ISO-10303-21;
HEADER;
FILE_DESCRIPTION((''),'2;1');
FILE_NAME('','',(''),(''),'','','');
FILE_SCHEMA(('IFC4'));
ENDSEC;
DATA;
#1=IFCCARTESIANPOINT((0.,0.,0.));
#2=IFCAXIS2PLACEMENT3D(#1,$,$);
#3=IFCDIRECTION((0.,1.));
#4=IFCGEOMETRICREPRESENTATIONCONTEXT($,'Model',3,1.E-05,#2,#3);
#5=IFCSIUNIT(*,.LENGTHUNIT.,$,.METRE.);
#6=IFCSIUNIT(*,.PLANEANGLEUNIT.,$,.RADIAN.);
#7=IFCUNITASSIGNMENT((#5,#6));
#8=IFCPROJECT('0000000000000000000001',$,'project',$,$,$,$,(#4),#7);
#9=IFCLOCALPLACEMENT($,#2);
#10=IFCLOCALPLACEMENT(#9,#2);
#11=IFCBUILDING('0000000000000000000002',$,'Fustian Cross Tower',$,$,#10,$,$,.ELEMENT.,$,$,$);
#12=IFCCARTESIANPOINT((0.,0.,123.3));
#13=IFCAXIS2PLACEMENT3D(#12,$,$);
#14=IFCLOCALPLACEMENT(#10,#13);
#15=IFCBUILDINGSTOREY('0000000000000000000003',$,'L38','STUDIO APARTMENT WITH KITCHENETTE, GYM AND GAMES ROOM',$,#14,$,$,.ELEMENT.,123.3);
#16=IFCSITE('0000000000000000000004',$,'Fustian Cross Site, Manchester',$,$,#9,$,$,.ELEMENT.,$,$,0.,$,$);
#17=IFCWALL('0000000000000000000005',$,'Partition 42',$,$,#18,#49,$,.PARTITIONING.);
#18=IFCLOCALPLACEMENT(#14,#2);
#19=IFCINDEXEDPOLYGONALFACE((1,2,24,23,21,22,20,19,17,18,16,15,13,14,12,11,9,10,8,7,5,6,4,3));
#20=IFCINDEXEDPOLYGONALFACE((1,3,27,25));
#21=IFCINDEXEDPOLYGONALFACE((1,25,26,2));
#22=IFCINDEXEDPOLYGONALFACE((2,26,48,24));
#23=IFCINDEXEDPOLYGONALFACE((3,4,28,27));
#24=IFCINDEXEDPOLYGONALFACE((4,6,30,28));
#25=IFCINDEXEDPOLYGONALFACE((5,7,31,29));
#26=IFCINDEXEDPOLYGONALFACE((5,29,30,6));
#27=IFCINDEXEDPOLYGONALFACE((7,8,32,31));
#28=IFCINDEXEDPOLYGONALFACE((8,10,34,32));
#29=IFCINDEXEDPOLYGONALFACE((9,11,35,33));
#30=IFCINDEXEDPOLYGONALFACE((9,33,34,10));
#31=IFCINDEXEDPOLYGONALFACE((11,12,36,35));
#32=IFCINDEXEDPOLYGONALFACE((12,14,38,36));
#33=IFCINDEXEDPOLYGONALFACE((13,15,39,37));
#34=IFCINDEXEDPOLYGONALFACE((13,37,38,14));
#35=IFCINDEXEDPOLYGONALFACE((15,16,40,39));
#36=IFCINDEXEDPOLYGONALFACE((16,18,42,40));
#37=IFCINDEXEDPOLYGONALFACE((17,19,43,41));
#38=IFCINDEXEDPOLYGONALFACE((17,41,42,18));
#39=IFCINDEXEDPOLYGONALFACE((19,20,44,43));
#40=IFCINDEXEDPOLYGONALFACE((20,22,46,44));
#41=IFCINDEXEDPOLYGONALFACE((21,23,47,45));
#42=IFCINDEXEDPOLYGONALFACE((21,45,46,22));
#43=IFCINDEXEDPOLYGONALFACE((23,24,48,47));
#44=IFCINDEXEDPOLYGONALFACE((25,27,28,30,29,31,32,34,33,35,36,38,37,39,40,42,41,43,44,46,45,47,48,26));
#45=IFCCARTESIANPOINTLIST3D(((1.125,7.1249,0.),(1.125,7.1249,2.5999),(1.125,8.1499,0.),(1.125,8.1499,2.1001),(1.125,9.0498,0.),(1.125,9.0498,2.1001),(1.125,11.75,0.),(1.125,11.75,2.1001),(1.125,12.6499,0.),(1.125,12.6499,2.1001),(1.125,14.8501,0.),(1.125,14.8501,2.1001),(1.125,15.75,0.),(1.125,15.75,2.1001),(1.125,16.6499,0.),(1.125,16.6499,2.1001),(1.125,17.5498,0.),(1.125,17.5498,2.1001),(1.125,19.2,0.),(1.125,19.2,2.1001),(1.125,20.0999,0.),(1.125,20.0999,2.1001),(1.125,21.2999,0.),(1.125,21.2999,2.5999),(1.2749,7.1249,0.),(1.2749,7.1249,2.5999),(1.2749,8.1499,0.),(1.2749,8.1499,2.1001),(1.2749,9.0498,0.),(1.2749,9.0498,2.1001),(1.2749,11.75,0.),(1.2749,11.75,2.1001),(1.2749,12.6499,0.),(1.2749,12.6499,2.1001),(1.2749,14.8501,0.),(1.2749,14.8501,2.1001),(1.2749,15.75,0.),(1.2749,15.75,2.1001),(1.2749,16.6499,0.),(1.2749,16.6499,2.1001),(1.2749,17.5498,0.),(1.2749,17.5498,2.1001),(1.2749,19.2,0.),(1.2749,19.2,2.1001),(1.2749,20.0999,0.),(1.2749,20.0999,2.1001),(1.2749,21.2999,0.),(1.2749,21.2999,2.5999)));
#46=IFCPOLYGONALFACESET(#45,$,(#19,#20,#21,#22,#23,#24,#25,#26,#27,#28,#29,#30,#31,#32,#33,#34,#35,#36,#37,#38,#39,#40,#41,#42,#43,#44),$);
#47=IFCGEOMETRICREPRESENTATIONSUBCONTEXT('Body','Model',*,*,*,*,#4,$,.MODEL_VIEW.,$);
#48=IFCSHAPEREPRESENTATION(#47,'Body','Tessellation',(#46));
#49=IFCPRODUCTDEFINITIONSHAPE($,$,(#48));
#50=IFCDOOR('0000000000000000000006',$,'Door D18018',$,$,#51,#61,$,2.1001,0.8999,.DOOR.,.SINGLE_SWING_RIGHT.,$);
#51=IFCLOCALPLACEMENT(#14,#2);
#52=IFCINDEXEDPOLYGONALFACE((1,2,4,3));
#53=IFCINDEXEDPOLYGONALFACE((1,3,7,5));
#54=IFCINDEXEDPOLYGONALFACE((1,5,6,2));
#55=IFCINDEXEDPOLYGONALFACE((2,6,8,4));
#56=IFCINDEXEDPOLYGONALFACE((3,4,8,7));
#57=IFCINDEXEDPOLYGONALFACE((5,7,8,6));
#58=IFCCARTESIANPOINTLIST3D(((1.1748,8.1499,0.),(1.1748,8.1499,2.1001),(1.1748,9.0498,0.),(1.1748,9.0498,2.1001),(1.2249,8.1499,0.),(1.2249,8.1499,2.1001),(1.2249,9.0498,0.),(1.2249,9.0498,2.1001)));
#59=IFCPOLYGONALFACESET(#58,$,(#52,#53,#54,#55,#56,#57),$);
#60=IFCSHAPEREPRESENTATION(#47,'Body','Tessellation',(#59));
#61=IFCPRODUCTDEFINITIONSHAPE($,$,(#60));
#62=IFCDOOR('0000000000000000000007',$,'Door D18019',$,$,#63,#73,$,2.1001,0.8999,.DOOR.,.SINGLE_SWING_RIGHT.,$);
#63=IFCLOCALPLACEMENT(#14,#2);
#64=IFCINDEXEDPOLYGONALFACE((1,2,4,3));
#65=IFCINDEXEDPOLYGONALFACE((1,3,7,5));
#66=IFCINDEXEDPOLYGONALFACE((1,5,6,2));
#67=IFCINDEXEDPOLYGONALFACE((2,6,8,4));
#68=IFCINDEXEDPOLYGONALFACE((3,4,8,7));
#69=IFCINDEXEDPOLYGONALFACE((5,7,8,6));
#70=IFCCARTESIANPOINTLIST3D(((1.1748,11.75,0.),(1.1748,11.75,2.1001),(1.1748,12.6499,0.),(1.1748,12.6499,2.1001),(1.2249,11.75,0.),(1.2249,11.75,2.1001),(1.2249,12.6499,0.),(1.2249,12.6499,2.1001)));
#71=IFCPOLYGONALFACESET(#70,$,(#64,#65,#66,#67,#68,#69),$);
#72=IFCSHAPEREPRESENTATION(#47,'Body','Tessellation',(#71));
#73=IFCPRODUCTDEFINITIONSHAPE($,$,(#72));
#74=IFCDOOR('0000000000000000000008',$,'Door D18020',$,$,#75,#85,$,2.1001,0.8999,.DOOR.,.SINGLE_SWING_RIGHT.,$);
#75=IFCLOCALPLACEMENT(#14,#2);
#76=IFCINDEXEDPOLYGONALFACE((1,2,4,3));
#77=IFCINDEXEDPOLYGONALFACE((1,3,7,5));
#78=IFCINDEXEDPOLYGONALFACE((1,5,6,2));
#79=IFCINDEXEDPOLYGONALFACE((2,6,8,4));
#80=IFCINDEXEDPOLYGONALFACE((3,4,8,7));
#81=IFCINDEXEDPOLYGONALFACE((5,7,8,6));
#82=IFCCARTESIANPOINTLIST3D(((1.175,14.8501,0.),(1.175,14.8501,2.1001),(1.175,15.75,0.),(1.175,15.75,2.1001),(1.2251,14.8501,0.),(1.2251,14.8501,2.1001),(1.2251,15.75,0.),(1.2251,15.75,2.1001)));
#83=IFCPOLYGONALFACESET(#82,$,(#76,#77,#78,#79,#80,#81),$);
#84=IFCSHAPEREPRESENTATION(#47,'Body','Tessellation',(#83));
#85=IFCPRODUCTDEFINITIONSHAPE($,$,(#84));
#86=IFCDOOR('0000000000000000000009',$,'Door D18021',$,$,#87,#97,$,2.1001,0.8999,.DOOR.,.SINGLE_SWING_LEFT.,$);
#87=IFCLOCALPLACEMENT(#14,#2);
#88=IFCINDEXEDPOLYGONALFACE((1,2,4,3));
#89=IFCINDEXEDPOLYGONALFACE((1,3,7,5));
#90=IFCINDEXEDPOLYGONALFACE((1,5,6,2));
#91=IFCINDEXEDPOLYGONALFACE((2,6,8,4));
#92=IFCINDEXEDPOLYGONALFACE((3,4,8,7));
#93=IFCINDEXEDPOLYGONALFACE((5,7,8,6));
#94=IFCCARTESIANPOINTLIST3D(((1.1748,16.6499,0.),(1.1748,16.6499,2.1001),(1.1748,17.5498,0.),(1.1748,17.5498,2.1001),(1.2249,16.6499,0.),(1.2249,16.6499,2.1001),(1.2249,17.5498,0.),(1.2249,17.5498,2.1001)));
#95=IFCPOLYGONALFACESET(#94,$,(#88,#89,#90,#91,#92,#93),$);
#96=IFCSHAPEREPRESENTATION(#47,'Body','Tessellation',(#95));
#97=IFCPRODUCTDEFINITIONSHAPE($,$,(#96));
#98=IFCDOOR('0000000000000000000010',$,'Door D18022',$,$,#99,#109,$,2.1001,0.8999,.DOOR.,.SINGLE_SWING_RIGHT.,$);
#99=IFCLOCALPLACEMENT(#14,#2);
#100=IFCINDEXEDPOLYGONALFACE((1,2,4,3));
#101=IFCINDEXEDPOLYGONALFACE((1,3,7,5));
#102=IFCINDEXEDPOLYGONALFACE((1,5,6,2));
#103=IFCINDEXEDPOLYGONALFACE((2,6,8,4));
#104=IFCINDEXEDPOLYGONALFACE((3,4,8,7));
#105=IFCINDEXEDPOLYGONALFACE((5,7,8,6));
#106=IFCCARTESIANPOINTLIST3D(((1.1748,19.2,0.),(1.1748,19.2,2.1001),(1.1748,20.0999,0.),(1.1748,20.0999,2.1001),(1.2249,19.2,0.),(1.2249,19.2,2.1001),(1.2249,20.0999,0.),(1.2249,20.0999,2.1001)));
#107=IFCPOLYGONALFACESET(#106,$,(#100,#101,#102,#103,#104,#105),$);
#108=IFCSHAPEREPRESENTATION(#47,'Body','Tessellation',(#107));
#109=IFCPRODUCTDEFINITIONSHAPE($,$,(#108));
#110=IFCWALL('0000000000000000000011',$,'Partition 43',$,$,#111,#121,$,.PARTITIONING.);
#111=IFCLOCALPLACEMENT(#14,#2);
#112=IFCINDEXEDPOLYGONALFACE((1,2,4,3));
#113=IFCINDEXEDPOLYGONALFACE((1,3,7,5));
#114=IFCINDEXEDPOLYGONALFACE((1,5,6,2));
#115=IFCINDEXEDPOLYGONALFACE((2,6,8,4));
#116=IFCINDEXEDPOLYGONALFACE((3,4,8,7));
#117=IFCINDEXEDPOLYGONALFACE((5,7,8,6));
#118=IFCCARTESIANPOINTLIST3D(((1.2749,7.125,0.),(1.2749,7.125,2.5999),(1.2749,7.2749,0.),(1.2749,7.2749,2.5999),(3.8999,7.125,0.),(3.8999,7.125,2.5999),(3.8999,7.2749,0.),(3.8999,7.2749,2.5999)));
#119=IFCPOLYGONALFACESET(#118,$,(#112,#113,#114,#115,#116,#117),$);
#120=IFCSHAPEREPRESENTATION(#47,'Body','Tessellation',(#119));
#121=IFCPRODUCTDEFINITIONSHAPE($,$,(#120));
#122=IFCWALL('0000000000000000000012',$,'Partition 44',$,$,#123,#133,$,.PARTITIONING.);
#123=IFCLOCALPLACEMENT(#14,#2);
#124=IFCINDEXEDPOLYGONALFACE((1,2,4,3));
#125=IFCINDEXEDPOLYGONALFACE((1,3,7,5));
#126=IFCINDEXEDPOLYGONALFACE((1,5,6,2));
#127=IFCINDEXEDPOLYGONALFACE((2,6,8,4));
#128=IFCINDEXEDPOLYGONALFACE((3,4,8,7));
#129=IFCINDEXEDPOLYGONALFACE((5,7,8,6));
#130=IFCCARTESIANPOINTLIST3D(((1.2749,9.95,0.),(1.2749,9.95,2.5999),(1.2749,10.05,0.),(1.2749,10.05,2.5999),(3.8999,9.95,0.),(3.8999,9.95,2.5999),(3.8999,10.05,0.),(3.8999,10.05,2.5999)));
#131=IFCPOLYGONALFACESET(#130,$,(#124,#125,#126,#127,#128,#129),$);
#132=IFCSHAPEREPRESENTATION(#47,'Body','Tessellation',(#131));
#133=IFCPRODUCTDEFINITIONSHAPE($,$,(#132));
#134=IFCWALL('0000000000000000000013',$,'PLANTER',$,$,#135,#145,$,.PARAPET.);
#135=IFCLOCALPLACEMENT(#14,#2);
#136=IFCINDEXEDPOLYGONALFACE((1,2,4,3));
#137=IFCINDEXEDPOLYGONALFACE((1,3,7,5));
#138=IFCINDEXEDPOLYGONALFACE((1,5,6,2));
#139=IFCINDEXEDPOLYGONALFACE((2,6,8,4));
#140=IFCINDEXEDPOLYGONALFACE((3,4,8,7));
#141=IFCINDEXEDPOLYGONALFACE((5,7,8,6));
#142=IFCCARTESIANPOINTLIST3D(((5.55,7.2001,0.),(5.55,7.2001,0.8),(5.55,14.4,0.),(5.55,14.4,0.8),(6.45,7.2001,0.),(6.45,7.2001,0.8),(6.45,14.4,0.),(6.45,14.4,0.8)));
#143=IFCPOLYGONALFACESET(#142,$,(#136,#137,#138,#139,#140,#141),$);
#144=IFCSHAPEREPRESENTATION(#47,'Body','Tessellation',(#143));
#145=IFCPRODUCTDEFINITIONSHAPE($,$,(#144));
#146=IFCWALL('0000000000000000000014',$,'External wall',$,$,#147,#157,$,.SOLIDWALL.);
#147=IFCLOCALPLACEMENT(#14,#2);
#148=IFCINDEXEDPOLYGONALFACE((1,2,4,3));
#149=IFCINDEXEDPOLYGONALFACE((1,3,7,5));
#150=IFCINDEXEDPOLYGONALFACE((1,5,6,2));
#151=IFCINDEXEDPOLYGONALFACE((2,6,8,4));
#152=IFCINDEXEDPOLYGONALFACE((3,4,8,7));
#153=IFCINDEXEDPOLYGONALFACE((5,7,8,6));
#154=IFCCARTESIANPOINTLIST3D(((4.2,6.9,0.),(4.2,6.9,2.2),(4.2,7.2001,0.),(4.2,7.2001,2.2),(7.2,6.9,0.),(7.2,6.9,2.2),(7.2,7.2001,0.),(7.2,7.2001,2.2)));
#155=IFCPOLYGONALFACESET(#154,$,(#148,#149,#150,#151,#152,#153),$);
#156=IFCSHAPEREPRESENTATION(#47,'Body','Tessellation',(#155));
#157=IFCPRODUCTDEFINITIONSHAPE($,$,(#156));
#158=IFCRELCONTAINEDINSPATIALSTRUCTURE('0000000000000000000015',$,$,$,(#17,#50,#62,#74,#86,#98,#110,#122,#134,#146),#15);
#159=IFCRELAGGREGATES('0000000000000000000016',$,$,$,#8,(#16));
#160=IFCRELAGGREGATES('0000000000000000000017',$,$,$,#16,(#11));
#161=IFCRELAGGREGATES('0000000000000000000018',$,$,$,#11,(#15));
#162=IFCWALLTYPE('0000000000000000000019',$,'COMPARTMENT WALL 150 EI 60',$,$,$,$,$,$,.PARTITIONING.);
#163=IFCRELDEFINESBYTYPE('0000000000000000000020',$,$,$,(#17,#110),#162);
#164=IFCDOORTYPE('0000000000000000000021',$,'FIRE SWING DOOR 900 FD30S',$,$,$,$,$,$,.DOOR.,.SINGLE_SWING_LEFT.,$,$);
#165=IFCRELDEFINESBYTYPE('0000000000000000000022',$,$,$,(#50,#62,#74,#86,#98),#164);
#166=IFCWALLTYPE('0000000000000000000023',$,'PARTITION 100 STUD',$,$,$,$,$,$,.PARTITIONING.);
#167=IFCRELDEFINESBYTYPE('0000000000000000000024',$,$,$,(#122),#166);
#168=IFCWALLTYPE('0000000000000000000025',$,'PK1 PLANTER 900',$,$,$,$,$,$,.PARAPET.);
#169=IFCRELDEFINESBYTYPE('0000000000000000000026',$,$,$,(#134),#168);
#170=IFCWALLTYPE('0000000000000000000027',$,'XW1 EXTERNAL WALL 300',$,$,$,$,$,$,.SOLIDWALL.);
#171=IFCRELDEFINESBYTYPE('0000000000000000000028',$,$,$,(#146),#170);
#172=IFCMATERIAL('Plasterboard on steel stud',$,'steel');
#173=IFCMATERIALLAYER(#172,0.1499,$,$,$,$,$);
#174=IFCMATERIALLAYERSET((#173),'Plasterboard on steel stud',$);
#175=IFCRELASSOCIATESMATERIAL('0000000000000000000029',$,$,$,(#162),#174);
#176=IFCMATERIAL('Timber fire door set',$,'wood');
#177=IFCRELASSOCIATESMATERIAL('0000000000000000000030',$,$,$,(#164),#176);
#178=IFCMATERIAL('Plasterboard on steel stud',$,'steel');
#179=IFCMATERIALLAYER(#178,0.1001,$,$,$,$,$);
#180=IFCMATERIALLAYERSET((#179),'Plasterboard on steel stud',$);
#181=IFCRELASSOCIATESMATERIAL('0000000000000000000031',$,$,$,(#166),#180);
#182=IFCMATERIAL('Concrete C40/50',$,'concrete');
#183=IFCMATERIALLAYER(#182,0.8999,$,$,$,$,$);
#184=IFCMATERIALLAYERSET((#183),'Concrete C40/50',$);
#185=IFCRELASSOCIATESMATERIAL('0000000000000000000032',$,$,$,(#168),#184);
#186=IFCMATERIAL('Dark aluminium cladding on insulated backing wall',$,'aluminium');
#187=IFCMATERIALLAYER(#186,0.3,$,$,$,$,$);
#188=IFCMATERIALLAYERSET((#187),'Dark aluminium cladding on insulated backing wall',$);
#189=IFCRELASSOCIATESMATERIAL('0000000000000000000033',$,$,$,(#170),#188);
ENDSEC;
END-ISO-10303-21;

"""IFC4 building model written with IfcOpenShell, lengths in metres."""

from ifc_helpers import new_model, si_unit, direction, frame, frame_2d, origin, place, context, subcontext, project, spatial, rectangle, extrude, material, layer, layer_set, type_object, element, fill, save


model = new_model("IFC4")

# Units and contexts
model_context = context("Model", 3, precision=1e-05, world=origin(), true_north=direction((0.0, 1.0)))
body_context = subcontext(model_context, "Body", "Model", "MODEL_VIEW")
ifc_project = project(units=[si_unit("LENGTHUNIT", "METRE"), si_unit("PLANEANGLEUNIT", "RADIAN")], contexts=[model_context])

# Site, building, storey
site_placement = place(None, origin())
site = spatial("IfcSite", under=ifc_project, at=site_placement, Name="Fustian Cross Site, Manchester", CompositionType="ELEMENT", RefElevation=0.0)
building_placement = place(site_placement, origin())
building = spatial("IfcBuilding", under=site, at=building_placement, Name="Fustian Cross Tower", CompositionType="ELEMENT")
storey_placement = place(building_placement, frame((0.0, 0.0, 123.3)))
storey = spatial("IfcBuildingStorey", under=building, at=storey_placement, Name="L38", Description="STUDIO APARTMENT WITH KITCHENETTE, GYM AND GAMES ROOM", CompositionType="ELEMENT", Elevation=123.3)

# Wall, openings, doors
ifc_material_1 = material(Name="Plasterboard on steel stud", Category="steel")
ifc_layer_1 = layer(ifc_material_1, 0.1499)
ifc_layer_set_1 = layer_set([ifc_layer_1], Name="Plasterboard on steel stud")
wall_type_1 = type_object("IfcWallType", Name="COMPARTMENT WALL 150 EI 60", PredefinedType="PARTITIONING", material=ifc_layer_set_1)
wall_1_placement = place(storey_placement, frame((1.2, 7.125, 0.0), z_axis=(0.0, 0.0, 1.0), x_axis=(0.0, 1.0, 0.0)))
wall_1 = element("IfcWall", 1, at=wall_1_placement, inside=storey, type_object=wall_type_1, Name="Partition 42", PredefinedType="PARTITIONING", context=body_context, shape_type="SweptSolid", body=[
    extrude(rectangle(XDim=14.175, YDim=0.1499, at=frame_2d((7.0874, 0.0))), origin(), (0.0, 0.0, 1.0), 2.5999),
])
opening_1_placement = place(wall_1_placement, frame((1.0249, 0.0, 0.0)))
opening_1 = element("IfcOpeningElement", 2, at=opening_1_placement, cuts=wall_1, PredefinedType="OPENING", context=body_context, shape_type="SweptSolid", body=[
    extrude(rectangle(XDim=0.8999, YDim=2.1001, at=frame_2d((0.45, 1.05))), frame((0.0, 0.085, 0.0), z_axis=(0.0, -1.0, 0.0), x_axis=(1.0, 0.0, 0.0)), (0.0, 0.0, 1.0), 0.1699),
])
opening_2_placement = place(wall_1_placement, frame((4.625, 0.0, 0.0)))
opening_2 = element("IfcOpeningElement", 3, at=opening_2_placement, cuts=wall_1, PredefinedType="OPENING", context=body_context, shape_type="SweptSolid", body=[
    extrude(rectangle(XDim=0.8999, YDim=2.1001, at=frame_2d((0.45, 1.05))), frame((0.0, 0.085, 0.0), z_axis=(0.0, -1.0, 0.0), x_axis=(1.0, 0.0, 0.0)), (0.0, 0.0, 1.0), 0.1699),
])
opening_3_placement = place(wall_1_placement, frame((7.7251, 0.0, 0.0)))
opening_3 = element("IfcOpeningElement", 4, at=opening_3_placement, cuts=wall_1, PredefinedType="OPENING", context=body_context, shape_type="SweptSolid", body=[
    extrude(rectangle(XDim=0.8999, YDim=2.1001, at=frame_2d((0.45, 1.05))), frame((0.0, 0.085, 0.0), z_axis=(0.0, -1.0, 0.0), x_axis=(1.0, 0.0, 0.0)), (0.0, 0.0, 1.0), 0.1699),
])
opening_4_placement = place(wall_1_placement, frame((9.5249, 0.0, 0.0)))
opening_4 = element("IfcOpeningElement", 5, at=opening_4_placement, cuts=wall_1, PredefinedType="OPENING", context=body_context, shape_type="SweptSolid", body=[
    extrude(rectangle(XDim=0.8999, YDim=2.1001, at=frame_2d((0.45, 1.05))), frame((0.0, 0.085, 0.0), z_axis=(0.0, -1.0, 0.0), x_axis=(1.0, 0.0, 0.0)), (0.0, 0.0, 1.0), 0.1699),
])
opening_5_placement = place(wall_1_placement, frame((12.075, 0.0, 0.0)))
opening_5 = element("IfcOpeningElement", 6, at=opening_5_placement, cuts=wall_1, PredefinedType="OPENING", context=body_context, shape_type="SweptSolid", body=[
    extrude(rectangle(XDim=0.8999, YDim=2.1001, at=frame_2d((0.45, 1.05))), frame((0.0, 0.085, 0.0), z_axis=(0.0, -1.0, 0.0), x_axis=(1.0, 0.0, 0.0)), (0.0, 0.0, 1.0), 0.1699),
])
ifc_material_2 = material(Name="Timber fire door set", Category="wood")
door_type_1 = type_object("IfcDoorType", Name="FIRE SWING DOOR 900 FD30S", OperationType="SINGLE_SWING_LEFT", PredefinedType="DOOR", material=ifc_material_2)
door_1_placement = place(opening_1_placement, frame((0.8999, 0.0, 0.0), z_axis=(0.0, 0.0, 1.0), x_axis=(-1.0, 0.0, 0.0)))
door_1 = element("IfcDoor", 7, at=door_1_placement, inside=storey, type_object=door_type_1, Name="Door D18018", OperationType="SINGLE_SWING_RIGHT", OverallHeight=2.1001, OverallWidth=0.8999, PredefinedType="DOOR", context=body_context, shape_type="SweptSolid", body=[
    extrude(rectangle(XDim=0.8999, YDim=2.1001, at=frame_2d((0.45, 1.05))), frame((0.0, 0.0249, 0.0), z_axis=(0.0, -1.0, 0.0), x_axis=(1.0, 0.0, 0.0)), (0.0, 0.0, 1.0), 0.05),
])
fill(opening_1, door_1)
door_2_placement = place(opening_2_placement, frame((0.8999, 0.0, 0.0), z_axis=(0.0, 0.0, 1.0), x_axis=(-1.0, 0.0, 0.0)))
door_2 = element("IfcDoor", 8, at=door_2_placement, inside=storey, type_object=door_type_1, Name="Door D18019", OperationType="SINGLE_SWING_RIGHT", OverallHeight=2.1001, OverallWidth=0.8999, PredefinedType="DOOR", context=body_context, shape_type="SweptSolid", body=[
    extrude(rectangle(XDim=0.8999, YDim=2.1001, at=frame_2d((0.45, 1.05))), frame((0.0, 0.0249, 0.0), z_axis=(0.0, -1.0, 0.0), x_axis=(1.0, 0.0, 0.0)), (0.0, 0.0, 1.0), 0.05),
])
fill(opening_2, door_2)
door_3_placement = place(opening_3_placement, origin())
door_3 = element("IfcDoor", 9, at=door_3_placement, inside=storey, type_object=door_type_1, Name="Door D18020", OperationType="SINGLE_SWING_RIGHT", OverallHeight=2.1001, OverallWidth=0.8999, PredefinedType="DOOR", context=body_context, shape_type="SweptSolid", body=[
    extrude(rectangle(XDim=0.8999, YDim=2.1001, at=frame_2d((0.45, 1.05))), frame((0.0, 0.0249, 0.0), z_axis=(0.0, -1.0, 0.0), x_axis=(1.0, 0.0, 0.0)), (0.0, 0.0, 1.0), 0.05),
])
fill(opening_3, door_3)
door_4_placement = place(opening_4_placement, frame((0.8999, 0.0, 0.0), z_axis=(0.0, 0.0, 1.0), x_axis=(-1.0, 0.0, 0.0)))
door_4 = element("IfcDoor", 10, at=door_4_placement, inside=storey, type_object=door_type_1, Name="Door D18021", OperationType="SINGLE_SWING_LEFT", OverallHeight=2.1001, OverallWidth=0.8999, PredefinedType="DOOR", context=body_context, shape_type="SweptSolid", body=[
    extrude(rectangle(XDim=0.8999, YDim=2.1001, at=frame_2d((0.45, 1.05))), frame((0.0, 0.0249, 0.0), z_axis=(0.0, -1.0, 0.0), x_axis=(1.0, 0.0, 0.0)), (0.0, 0.0, 1.0), 0.05),
])
fill(opening_4, door_4)
door_5_placement = place(opening_5_placement, frame((0.8999, 0.0, 0.0), z_axis=(0.0, 0.0, 1.0), x_axis=(-1.0, 0.0, 0.0)))
door_5 = element("IfcDoor", 11, at=door_5_placement, inside=storey, type_object=door_type_1, Name="Door D18022", OperationType="SINGLE_SWING_RIGHT", OverallHeight=2.1001, OverallWidth=0.8999, PredefinedType="DOOR", context=body_context, shape_type="SweptSolid", body=[
    extrude(rectangle(XDim=0.8999, YDim=2.1001, at=frame_2d((0.45, 1.05))), frame((0.0, 0.0249, 0.0), z_axis=(0.0, -1.0, 0.0), x_axis=(1.0, 0.0, 0.0)), (0.0, 0.0, 1.0), 0.05),
])
fill(opening_5, door_5)

# Walls
wall_2_placement = place(storey_placement, frame((1.2749, 7.2, 0.0), z_axis=(0.0, 0.0, 1.0), x_axis=(1.0, 0.0, 0.0)))
element("IfcWall", 12, at=wall_2_placement, inside=storey, type_object=wall_type_1, Name="Partition 43", PredefinedType="PARTITIONING", context=body_context, shape_type="SweptSolid", body=[
    extrude(rectangle(XDim=2.625, YDim=0.1499, at=frame_2d((1.3125, 0.0))), origin(), (0.0, 0.0, 1.0), 2.5999),
])
ifc_material_3 = material(Name="Plasterboard on steel stud", Category="steel")
ifc_layer_2 = layer(ifc_material_3, 0.1001)
ifc_layer_set_2 = layer_set([ifc_layer_2], Name="Plasterboard on steel stud")
wall_type_2 = type_object("IfcWallType", Name="PARTITION 100 STUD", PredefinedType="PARTITIONING", material=ifc_layer_set_2)
wall_3_placement = place(storey_placement, frame((1.2749, 10.0, 0.0), z_axis=(0.0, 0.0, 1.0), x_axis=(1.0, 0.0, 0.0)))
element("IfcWall", 13, at=wall_3_placement, inside=storey, type_object=wall_type_2, Name="Partition 44", PredefinedType="PARTITIONING", context=body_context, shape_type="SweptSolid", body=[
    extrude(rectangle(XDim=2.625, YDim=0.1001, at=frame_2d((1.3125, 0.0))), origin(), (0.0, 0.0, 1.0), 2.5999),
])
ifc_material_4 = material(Name="Concrete C40/50", Category="concrete")
ifc_layer_3 = layer(ifc_material_4, 0.8999)
ifc_layer_set_3 = layer_set([ifc_layer_3], Name="Concrete C40/50")
wall_type_3 = type_object("IfcWallType", Name="PK1 PLANTER 900", PredefinedType="PARAPET", material=ifc_layer_set_3)
wall_4_placement = place(storey_placement, frame((6.0, 7.2, 0.0), z_axis=(0.0, 0.0, 1.0), x_axis=(0.0, 1.0, 0.0)))
element("IfcWall", 14, at=wall_4_placement, inside=storey, type_object=wall_type_3, Name="PLANTER", PredefinedType="PARAPET", context=body_context, shape_type="SweptSolid", body=[
    extrude(rectangle(XDim=7.2, YDim=0.8999, at=frame_2d((3.6001, 0.0))), origin(), (0.0, 0.0, 1.0), 0.8),
])
ifc_material_5 = material(Name="Dark aluminium cladding on insulated backing wall", Category="aluminium")
ifc_layer_4 = layer(ifc_material_5, 0.3)
ifc_layer_set_4 = layer_set([ifc_layer_4], Name="Dark aluminium cladding on insulated backing wall")
wall_type_4 = type_object("IfcWallType", Name="XW1 EXTERNAL WALL 300", PredefinedType="SOLIDWALL", material=ifc_layer_set_4)
wall_5_placement = place(storey_placement, frame((7.2, 7.05, 0.0), z_axis=(0.0, 0.0, 1.0), x_axis=(-1.0, 0.0, 0.0)))
element("IfcWall", 15, at=wall_5_placement, inside=storey, type_object=wall_type_4, Name="External wall", PredefinedType="SOLIDWALL", context=body_context, shape_type="SweptSolid", body=[
    extrude(rectangle(XDim=3.0, YDim=0.3, at=frame_2d((1.5, 0.0))), origin(), (0.0, 0.0, 1.0), 2.2),
])

save(model, "model.ifc")
